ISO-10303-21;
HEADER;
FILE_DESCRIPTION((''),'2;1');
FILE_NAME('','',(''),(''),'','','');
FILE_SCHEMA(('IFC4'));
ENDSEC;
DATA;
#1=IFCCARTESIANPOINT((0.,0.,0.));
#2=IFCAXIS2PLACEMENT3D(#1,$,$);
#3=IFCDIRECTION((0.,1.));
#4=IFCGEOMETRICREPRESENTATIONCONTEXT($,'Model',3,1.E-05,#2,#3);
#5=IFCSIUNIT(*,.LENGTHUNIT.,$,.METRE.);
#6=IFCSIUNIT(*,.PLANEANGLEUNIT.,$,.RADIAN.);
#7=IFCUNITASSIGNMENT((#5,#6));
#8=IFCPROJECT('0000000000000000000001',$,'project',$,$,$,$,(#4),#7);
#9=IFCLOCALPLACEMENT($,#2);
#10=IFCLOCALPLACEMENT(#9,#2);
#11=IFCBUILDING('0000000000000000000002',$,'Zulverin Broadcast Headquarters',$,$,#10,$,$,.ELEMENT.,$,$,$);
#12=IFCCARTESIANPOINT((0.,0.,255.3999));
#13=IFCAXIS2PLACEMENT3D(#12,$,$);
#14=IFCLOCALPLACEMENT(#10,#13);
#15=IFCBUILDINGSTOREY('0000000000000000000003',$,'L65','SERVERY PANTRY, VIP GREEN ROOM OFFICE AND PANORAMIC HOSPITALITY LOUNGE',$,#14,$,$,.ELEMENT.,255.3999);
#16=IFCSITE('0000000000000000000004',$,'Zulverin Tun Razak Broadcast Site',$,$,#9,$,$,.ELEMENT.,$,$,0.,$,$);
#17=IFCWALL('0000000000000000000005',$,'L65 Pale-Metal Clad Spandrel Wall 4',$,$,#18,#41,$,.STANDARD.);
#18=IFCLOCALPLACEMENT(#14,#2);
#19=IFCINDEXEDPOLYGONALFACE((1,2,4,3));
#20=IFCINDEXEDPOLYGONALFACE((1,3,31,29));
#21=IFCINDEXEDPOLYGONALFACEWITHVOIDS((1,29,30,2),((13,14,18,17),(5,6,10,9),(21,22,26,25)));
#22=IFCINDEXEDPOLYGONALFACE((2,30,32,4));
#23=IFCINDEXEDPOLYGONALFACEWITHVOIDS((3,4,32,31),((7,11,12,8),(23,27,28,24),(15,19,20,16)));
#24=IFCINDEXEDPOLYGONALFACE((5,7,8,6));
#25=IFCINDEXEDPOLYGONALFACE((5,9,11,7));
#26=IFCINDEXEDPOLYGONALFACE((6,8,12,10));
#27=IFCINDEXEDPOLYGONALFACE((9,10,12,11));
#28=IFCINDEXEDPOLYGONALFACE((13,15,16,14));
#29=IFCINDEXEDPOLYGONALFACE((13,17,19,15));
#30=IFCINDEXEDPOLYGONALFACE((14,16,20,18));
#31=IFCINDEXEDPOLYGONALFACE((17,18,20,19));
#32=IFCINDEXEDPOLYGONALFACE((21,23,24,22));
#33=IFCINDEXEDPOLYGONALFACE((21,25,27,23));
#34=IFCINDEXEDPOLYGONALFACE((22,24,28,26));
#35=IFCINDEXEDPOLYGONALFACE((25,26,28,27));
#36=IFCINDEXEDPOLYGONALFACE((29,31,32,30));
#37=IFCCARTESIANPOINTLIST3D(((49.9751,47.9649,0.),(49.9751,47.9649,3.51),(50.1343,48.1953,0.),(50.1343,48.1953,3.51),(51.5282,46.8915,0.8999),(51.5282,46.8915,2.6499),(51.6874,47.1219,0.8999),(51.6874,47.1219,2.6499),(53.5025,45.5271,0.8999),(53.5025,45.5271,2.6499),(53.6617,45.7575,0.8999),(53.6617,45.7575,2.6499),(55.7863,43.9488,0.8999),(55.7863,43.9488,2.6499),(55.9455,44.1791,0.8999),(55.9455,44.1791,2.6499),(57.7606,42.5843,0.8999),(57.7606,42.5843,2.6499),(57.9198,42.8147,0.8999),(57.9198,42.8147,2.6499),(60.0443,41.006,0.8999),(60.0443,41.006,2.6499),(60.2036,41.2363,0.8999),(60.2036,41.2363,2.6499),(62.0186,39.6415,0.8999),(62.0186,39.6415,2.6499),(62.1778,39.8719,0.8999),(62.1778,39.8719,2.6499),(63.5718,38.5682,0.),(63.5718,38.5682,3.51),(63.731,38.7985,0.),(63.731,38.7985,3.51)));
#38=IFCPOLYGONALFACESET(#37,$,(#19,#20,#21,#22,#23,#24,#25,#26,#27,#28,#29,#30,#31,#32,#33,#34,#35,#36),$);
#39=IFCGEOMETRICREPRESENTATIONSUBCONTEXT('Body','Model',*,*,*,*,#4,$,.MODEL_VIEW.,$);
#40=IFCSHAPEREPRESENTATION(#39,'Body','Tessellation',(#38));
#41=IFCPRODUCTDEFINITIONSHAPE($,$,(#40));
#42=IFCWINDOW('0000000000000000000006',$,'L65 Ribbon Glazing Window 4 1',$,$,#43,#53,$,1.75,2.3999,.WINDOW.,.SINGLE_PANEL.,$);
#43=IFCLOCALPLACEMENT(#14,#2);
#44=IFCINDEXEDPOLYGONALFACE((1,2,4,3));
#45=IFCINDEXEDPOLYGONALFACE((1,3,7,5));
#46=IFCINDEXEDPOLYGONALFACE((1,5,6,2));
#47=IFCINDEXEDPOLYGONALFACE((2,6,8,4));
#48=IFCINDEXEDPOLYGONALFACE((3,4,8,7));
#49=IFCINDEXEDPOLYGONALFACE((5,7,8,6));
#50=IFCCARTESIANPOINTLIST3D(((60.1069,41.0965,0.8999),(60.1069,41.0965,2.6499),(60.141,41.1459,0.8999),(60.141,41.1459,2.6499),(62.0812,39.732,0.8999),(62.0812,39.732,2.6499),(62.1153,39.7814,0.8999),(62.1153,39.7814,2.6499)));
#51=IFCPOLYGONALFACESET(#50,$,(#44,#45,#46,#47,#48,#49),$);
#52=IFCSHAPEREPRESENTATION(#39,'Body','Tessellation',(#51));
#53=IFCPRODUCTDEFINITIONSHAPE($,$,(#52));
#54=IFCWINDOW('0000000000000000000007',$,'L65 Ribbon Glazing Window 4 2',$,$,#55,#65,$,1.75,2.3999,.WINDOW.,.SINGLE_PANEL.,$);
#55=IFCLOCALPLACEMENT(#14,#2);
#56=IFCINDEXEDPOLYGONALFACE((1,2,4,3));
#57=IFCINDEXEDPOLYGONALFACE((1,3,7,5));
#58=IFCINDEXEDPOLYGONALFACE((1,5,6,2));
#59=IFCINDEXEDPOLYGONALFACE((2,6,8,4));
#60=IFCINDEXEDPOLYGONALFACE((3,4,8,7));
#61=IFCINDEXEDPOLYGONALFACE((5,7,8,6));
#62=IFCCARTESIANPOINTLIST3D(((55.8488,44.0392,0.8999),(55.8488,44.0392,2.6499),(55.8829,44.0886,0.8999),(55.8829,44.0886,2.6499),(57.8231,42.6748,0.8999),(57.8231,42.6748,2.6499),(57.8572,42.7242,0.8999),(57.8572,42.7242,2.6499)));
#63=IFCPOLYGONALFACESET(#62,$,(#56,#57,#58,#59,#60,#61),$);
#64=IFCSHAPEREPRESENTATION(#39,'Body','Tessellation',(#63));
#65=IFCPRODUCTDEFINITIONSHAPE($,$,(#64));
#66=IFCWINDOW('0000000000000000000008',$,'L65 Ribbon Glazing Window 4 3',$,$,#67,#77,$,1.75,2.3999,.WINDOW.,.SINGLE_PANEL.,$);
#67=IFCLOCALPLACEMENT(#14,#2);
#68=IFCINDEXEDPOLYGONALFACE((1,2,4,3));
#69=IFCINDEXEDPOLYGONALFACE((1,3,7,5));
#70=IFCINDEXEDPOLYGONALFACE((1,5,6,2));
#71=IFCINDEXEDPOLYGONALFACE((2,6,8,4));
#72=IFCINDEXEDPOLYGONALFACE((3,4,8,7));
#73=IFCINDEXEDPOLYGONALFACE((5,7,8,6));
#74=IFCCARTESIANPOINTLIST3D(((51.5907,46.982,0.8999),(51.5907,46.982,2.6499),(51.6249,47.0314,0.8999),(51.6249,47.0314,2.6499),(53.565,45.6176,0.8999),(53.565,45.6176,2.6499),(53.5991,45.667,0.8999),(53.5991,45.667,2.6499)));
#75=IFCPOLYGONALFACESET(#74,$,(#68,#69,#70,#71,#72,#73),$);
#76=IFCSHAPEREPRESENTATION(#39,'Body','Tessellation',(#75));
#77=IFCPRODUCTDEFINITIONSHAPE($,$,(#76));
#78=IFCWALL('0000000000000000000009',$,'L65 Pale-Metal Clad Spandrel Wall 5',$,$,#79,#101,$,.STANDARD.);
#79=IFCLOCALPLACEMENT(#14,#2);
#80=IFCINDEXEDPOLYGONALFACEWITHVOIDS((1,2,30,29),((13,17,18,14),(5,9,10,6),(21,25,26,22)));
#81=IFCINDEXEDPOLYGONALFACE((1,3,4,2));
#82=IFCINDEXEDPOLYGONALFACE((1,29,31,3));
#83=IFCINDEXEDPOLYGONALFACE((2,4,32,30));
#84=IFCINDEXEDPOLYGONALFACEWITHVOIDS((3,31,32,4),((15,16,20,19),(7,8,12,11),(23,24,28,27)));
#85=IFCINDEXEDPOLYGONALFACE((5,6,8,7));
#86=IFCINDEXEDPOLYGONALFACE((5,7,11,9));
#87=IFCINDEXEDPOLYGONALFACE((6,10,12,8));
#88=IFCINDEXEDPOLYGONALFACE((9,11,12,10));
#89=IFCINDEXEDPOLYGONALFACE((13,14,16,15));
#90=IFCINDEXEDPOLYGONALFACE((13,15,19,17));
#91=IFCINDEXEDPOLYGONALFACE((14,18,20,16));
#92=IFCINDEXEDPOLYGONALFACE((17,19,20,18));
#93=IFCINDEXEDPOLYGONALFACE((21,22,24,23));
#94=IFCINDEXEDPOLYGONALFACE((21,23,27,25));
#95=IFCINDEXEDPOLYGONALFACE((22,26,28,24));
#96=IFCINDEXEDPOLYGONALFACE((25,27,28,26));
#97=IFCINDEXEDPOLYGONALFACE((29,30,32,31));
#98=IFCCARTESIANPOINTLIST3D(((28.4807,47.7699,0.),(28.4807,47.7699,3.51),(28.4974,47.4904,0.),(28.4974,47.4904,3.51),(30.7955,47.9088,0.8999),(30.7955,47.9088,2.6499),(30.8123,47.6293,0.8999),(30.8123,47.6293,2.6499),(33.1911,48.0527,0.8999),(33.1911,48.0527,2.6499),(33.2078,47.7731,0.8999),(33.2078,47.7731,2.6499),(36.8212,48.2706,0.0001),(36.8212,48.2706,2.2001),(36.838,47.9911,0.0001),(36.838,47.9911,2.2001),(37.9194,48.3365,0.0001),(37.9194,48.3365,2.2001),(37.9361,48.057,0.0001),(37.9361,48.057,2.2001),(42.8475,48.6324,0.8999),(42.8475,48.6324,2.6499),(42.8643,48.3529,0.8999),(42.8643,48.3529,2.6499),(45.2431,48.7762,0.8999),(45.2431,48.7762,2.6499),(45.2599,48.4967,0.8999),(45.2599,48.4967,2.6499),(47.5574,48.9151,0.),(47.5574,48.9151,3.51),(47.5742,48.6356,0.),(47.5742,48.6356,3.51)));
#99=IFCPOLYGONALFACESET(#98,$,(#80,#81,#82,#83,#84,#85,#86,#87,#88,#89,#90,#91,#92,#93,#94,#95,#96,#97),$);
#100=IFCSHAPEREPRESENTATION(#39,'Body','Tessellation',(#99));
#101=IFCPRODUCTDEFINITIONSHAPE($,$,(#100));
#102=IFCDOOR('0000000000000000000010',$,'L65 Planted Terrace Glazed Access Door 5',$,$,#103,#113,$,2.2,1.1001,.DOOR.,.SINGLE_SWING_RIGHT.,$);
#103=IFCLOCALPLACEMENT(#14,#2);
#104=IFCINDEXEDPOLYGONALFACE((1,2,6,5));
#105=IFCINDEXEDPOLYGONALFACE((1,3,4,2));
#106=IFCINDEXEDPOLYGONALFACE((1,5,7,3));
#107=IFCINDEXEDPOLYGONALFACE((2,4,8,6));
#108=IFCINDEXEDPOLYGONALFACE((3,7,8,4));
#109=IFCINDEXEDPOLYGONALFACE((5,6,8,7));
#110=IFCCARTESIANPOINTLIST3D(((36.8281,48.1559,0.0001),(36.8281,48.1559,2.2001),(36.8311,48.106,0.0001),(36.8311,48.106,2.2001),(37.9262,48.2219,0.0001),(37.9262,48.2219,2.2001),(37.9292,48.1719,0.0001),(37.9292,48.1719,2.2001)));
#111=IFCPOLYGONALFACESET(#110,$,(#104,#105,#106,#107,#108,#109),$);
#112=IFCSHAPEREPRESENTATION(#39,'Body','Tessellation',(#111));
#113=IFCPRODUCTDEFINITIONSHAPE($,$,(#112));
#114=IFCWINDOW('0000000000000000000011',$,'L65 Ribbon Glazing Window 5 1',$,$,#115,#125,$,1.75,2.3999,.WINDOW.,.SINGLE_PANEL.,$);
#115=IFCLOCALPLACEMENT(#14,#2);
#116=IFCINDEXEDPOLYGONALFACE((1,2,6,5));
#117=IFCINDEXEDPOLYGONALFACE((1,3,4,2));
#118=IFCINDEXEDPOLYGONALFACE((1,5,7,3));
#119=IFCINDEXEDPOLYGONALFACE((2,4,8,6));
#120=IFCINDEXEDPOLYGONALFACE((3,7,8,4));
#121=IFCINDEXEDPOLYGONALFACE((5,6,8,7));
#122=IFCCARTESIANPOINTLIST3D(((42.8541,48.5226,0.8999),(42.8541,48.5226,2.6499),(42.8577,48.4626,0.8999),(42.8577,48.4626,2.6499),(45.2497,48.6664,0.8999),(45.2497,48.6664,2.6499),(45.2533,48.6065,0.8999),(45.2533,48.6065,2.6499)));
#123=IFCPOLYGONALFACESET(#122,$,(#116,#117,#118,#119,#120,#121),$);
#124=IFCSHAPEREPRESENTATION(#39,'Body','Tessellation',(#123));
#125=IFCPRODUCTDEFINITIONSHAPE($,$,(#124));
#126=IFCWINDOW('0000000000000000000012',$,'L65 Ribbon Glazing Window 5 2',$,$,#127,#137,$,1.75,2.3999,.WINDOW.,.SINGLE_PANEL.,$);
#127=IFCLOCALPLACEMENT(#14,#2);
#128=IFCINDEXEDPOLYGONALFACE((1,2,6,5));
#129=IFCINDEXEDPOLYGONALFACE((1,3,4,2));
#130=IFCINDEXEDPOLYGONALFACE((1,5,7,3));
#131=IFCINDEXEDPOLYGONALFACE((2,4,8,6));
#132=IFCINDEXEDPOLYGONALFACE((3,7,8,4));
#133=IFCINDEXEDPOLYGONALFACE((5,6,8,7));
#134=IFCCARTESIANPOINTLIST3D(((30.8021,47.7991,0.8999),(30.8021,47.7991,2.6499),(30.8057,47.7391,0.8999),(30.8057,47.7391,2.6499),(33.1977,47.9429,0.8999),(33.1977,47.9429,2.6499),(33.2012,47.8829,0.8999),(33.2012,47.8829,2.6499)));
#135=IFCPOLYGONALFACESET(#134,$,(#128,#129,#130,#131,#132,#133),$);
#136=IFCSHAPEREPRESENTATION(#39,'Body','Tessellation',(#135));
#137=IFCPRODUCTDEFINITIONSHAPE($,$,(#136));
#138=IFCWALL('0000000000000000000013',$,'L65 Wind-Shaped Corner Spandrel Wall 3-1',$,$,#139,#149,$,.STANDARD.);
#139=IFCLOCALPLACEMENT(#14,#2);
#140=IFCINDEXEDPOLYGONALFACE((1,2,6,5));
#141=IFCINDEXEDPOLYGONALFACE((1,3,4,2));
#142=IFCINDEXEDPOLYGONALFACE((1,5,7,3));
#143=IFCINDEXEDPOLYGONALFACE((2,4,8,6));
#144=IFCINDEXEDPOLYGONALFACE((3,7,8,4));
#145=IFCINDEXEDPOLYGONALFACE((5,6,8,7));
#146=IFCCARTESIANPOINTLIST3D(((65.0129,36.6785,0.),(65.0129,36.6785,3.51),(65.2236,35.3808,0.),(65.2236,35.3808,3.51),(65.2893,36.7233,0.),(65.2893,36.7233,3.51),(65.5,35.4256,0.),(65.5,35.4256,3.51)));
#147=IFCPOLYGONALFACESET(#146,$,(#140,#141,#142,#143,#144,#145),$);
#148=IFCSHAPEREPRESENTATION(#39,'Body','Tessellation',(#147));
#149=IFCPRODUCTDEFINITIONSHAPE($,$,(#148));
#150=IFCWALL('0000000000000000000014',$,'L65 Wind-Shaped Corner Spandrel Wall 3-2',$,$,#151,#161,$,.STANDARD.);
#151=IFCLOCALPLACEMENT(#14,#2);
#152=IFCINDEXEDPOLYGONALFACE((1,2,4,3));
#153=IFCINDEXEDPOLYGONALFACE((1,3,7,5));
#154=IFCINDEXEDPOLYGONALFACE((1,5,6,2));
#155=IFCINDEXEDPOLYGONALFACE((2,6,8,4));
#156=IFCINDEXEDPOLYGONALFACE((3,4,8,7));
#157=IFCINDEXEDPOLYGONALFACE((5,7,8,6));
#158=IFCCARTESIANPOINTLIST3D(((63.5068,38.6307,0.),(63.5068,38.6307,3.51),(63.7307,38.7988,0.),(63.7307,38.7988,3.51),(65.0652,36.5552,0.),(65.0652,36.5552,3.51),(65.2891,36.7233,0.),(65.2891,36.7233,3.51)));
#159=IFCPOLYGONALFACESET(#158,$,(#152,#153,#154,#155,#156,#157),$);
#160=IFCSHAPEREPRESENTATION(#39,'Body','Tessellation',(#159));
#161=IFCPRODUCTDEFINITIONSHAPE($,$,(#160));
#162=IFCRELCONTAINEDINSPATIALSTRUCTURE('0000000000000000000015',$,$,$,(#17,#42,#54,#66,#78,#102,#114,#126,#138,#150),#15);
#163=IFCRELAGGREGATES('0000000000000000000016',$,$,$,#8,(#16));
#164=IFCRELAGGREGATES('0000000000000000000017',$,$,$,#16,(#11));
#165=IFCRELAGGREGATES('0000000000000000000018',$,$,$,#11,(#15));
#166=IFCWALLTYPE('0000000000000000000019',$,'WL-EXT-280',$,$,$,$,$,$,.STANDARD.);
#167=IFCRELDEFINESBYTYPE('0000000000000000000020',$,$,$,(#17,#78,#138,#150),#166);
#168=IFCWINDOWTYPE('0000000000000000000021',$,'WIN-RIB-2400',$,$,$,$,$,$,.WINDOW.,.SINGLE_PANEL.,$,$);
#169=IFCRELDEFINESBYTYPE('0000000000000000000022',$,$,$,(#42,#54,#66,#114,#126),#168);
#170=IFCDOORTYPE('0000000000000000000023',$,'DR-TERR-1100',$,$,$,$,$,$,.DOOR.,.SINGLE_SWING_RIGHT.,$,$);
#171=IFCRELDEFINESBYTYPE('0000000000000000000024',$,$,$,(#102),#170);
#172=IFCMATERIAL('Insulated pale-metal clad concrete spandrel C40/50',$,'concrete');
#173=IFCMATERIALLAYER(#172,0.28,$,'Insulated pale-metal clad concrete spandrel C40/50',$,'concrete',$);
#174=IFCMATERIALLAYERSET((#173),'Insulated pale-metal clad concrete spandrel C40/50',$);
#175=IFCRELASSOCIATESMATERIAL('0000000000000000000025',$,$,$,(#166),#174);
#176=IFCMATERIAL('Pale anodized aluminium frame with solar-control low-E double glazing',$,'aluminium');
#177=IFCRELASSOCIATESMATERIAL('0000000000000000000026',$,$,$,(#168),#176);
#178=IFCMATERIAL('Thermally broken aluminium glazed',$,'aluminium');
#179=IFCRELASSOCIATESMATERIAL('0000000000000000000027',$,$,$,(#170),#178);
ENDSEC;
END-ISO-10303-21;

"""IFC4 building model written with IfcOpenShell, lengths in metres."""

from ifc_helpers import new_model, si_unit, direction, frame, frame_2d, origin, place, context, subcontext, project, spatial, rectangle, extrude, material, layer, layer_set, type_object, element, fill, save


model = new_model("IFC4")

# Units and contexts
model_context = context("Model", 3, precision=1e-05, world=origin(), true_north=direction((0.0, 1.0)))
body_context = subcontext(model_context, "Body", "Model", "MODEL_VIEW")
ifc_project = project(units=[si_unit("LENGTHUNIT", "METRE"), si_unit("PLANEANGLEUNIT", "RADIAN")], contexts=[model_context])

# Site, building, storey
site_placement = place(None, origin())
site = spatial("IfcSite", under=ifc_project, at=site_placement, Name="Zulverin Tun Razak Broadcast Site", CompositionType="ELEMENT", RefElevation=0.0)
building_placement = place(site_placement, origin())
building = spatial("IfcBuilding", under=site, at=building_placement, Name="Zulverin Broadcast Headquarters", CompositionType="ELEMENT")
storey_placement = place(building_placement, frame((0.0, 0.0, 255.3999)))
storey = spatial("IfcBuildingStorey", under=building, at=storey_placement, Name="L65", Description="SERVERY PANTRY, VIP GREEN ROOM OFFICE AND PANORAMIC HOSPITALITY LOUNGE", CompositionType="ELEMENT", Elevation=255.3999)

# Wall, openings, windows
ifc_material_1 = material(Name="Insulated pale-metal clad concrete spandrel C40/50", Category="concrete")
ifc_layer_1 = layer(ifc_material_1, 0.28, Name="Insulated pale-metal clad concrete spandrel C40/50", Category="concrete")
ifc_layer_set_1 = layer_set([ifc_layer_1], Name="Insulated pale-metal clad concrete spandrel C40/50")
wall_type = type_object("IfcWallType", Name="WL-EXT-280", PredefinedType="STANDARD", material=ifc_layer_set_1)
wall_1_placement = place(storey_placement, frame((63.6514, 38.6833, 0.0), z_axis=(0.0, 0.0, 1.0), x_axis=(-0.822655, 0.568541, 0.0)))
wall_1 = element("IfcWall", 1, at=wall_1_placement, inside=storey, type_object=wall_type, Name="L65 Pale-Metal Clad Spandrel Wall 4", PredefinedType="STANDARD", context=body_context, shape_type="SweptSolid", body=[
    extrude(rectangle(XDim=16.5278, YDim=0.28, at=frame_2d((8.2639, 0.0))), origin(), (0.0, 0.0, 1.0), 3.51),
])
opening_1_placement = place(wall_1_placement, frame((1.8879, 0.0, 0.8999)))
opening_1 = element("IfcOpeningElement", 2, at=opening_1_placement, cuts=wall_1, PredefinedType="OPENING", context=body_context, shape_type="SweptSolid", body=[
    extrude(rectangle(XDim=2.3999, YDim=1.75, at=frame_2d((1.2, 0.875))), frame((0.0, 0.1499, 0.0), z_axis=(0.0, -1.0, 0.0), x_axis=(1.0, 0.0, 0.0)), (0.0, 0.0, 1.0), 0.3),
])
opening_2_placement = place(wall_1_placement, frame((7.064, 0.0, 0.8999)))
opening_2 = element("IfcOpeningElement", 3, at=opening_2_placement, cuts=wall_1, PredefinedType="OPENING", context=body_context, shape_type="SweptSolid", body=[
    extrude(rectangle(XDim=2.3999, YDim=1.75, at=frame_2d((1.2, 0.875))), frame((0.0, 0.1499, 0.0), z_axis=(0.0, -1.0, 0.0), x_axis=(1.0, 0.0, 0.0)), (0.0, 0.0, 1.0), 0.3),
])
opening_3_placement = place(wall_1_placement, frame((12.24, 0.0, 0.8999)))
opening_3 = element("IfcOpeningElement", 4, at=opening_3_placement, cuts=wall_1, PredefinedType="OPENING", context=body_context, shape_type="SweptSolid", body=[
    extrude(rectangle(XDim=2.3999, YDim=1.75, at=frame_2d((1.2, 0.875))), frame((0.0, 0.1499, 0.0), z_axis=(0.0, -1.0, 0.0), x_axis=(1.0, 0.0, 0.0)), (0.0, 0.0, 1.0), 0.3),
])
ifc_material_2 = material(Name="Pale anodized aluminium frame with solar-control low-E double glazing", Category="aluminium")
window_type = type_object("IfcWindowType", Name="WIN-RIB-2400", PartitioningType="SINGLE_PANEL", PredefinedType="WINDOW", material=ifc_material_2)
window_1_placement = place(opening_1_placement, origin())
window_1 = element("IfcWindow", 5, at=window_1_placement, inside=storey, type_object=window_type, Name="L65 Ribbon Glazing Window 4 1", OverallHeight=1.75, OverallWidth=2.3999, PartitioningType="SINGLE_PANEL", PredefinedType="WINDOW", context=body_context, shape_type="SweptSolid", body=[
    extrude(rectangle(XDim=2.3999, YDim=1.75, at=frame_2d((1.2, 0.875))), frame((0.0, 0.03, 0.0), z_axis=(0.0, -1.0, 0.0), x_axis=(1.0, 0.0, 0.0)), (0.0, 0.0, 1.0), 0.0601),
])
fill(opening_1, window_1)
window_2_placement = place(opening_2_placement, origin())
window_2 = element("IfcWindow", 6, at=window_2_placement, inside=storey, type_object=window_type, Name="L65 Ribbon Glazing Window 4 2", OverallHeight=1.75, OverallWidth=2.3999, PartitioningType="SINGLE_PANEL", PredefinedType="WINDOW", context=body_context, shape_type="SweptSolid", body=[
    extrude(rectangle(XDim=2.3999, YDim=1.75, at=frame_2d((1.2, 0.875))), frame((0.0, 0.03, 0.0), z_axis=(0.0, -1.0, 0.0), x_axis=(1.0, 0.0, 0.0)), (0.0, 0.0, 1.0), 0.0601),
])
fill(opening_2, window_2)
window_3_placement = place(opening_3_placement, origin())
window_3 = element("IfcWindow", 7, at=window_3_placement, inside=storey, type_object=window_type, Name="L65 Ribbon Glazing Window 4 3", OverallHeight=1.75, OverallWidth=2.3999, PartitioningType="SINGLE_PANEL", PredefinedType="WINDOW", context=body_context, shape_type="SweptSolid", body=[
    extrude(rectangle(XDim=2.3999, YDim=1.75, at=frame_2d((1.2, 0.875))), frame((0.0, 0.03, 0.0), z_axis=(0.0, -1.0, 0.0), x_axis=(1.0, 0.0, 0.0)), (0.0, 0.0, 1.0), 0.0601),
])
fill(opening_3, window_3)

# Wall, openings, door, windows
wall_2_placement = place(storey_placement, frame((47.5659, 48.7754, 0.0), z_axis=(0.0, 0.0, 1.0), x_axis=(-0.998203, -0.059927, 0.0)))
wall_2 = element("IfcWall", 8, at=wall_2_placement, inside=storey, type_object=wall_type, Name="L65 Pale-Metal Clad Spandrel Wall 5", PredefinedType="STANDARD", context=body_context, shape_type="SweptSolid", body=[
    extrude(rectangle(XDim=19.1111, YDim=0.28, at=frame_2d((9.5557, 0.0))), origin(), (0.0, 0.0, 1.0), 3.51),
])
opening_4_placement = place(wall_2_placement, frame((9.6555, 0.0, 0.0)))
opening_4 = element("IfcOpeningElement", 9, at=opening_4_placement, cuts=wall_2, PredefinedType="OPENING", context=body_context, shape_type="SweptSolid", body=[
    extrude(rectangle(XDim=1.1001, YDim=2.2, at=frame_2d((0.55, 1.1001))), frame((0.0, 0.1499, 0.0), z_axis=(0.0, -1.0, 0.0), x_axis=(1.0, 0.0, 0.0)), (0.0, 0.0, 1.0), 0.3),
])
opening_5_placement = place(wall_2_placement, frame((2.3186, 0.0, 0.8999)))
opening_5 = element("IfcOpeningElement", 10, at=opening_5_placement, cuts=wall_2, PredefinedType="OPENING", context=body_context, shape_type="SweptSolid", body=[
    extrude(rectangle(XDim=2.3999, YDim=1.75, at=frame_2d((1.2, 0.875))), frame((0.0, 0.1499, 0.0), z_axis=(0.0, -1.0, 0.0), x_axis=(1.0, 0.0, 0.0)), (0.0, 0.0, 1.0), 0.3),
])
opening_6_placement = place(wall_2_placement, frame((14.3923, 0.0, 0.8999)))
opening_6 = element("IfcOpeningElement", 11, at=opening_6_placement, cuts=wall_2, PredefinedType="OPENING", context=body_context, shape_type="SweptSolid", body=[
    extrude(rectangle(XDim=2.3999, YDim=1.75, at=frame_2d((1.2, 0.875))), frame((0.0, 0.1499, 0.0), z_axis=(0.0, -1.0, 0.0), x_axis=(1.0, 0.0, 0.0)), (0.0, 0.0, 1.0), 0.3),
])
ifc_material_3 = material(Name="Thermally broken aluminium glazed", Category="aluminium")
door_type = type_object("IfcDoorType", Name="DR-TERR-1100", OperationType="SINGLE_SWING_RIGHT", PredefinedType="DOOR", material=ifc_material_3)
door_placement = place(opening_4_placement, origin())
door = element("IfcDoor", 12, at=door_placement, inside=storey, type_object=door_type, Name="L65 Planted Terrace Glazed Access Door 5", OperationType="SINGLE_SWING_RIGHT", OverallHeight=2.2, OverallWidth=1.1001, PredefinedType="DOOR", context=body_context, shape_type="SweptSolid", body=[
    extrude(rectangle(XDim=1.1001, YDim=2.2, at=frame_2d((0.55, 1.1001))), frame((0.0, 0.0249, 0.0), z_axis=(0.0, -1.0, 0.0), x_axis=(1.0, 0.0, 0.0)), (0.0, 0.0, 1.0), 0.05),
])
fill(opening_4, door)
window_4_placement = place(opening_5_placement, origin())
window_4 = element("IfcWindow", 13, at=window_4_placement, inside=storey, type_object=window_type, Name="L65 Ribbon Glazing Window 5 1", OverallHeight=1.75, OverallWidth=2.3999, PartitioningType="SINGLE_PANEL", PredefinedType="WINDOW", context=body_context, shape_type="SweptSolid", body=[
    extrude(rectangle(XDim=2.3999, YDim=1.75, at=frame_2d((1.2, 0.875))), frame((0.0, 0.03, 0.0), z_axis=(0.0, -1.0, 0.0), x_axis=(1.0, 0.0, 0.0)), (0.0, 0.0, 1.0), 0.0601),
])
fill(opening_5, window_4)
window_5_placement = place(opening_6_placement, origin())
window_5 = element("IfcWindow", 14, at=window_5_placement, inside=storey, type_object=window_type, Name="L65 Ribbon Glazing Window 5 2", OverallHeight=1.75, OverallWidth=2.3999, PartitioningType="SINGLE_PANEL", PredefinedType="WINDOW", context=body_context, shape_type="SweptSolid", body=[
    extrude(rectangle(XDim=2.3999, YDim=1.75, at=frame_2d((1.2, 0.875))), frame((0.0, 0.03, 0.0), z_axis=(0.0, -1.0, 0.0), x_axis=(1.0, 0.0, 0.0)), (0.0, 0.0, 1.0), 0.0601),
])
fill(opening_6, window_5)

# Walls
wall_3_placement = place(storey_placement, frame((65.3618, 35.4033, 0.0), z_axis=(0.0, 0.0, 1.0), x_axis=(-0.160272, 0.987073, 0.0)))
element("IfcWall", 15, at=wall_3_placement, inside=storey, type_object=wall_type, Name="L65 Wind-Shaped Corner Spandrel Wall 3-1", PredefinedType="STANDARD", context=body_context, shape_type="SweptSolid", body=[
    extrude(rectangle(XDim=1.3147, YDim=0.28, at=frame_2d((0.6572, 0.0))), origin(), (0.0, 0.0, 1.0), 3.51),
])
wall_4_placement = place(storey_placement, frame((65.1772, 36.6392, 0.0), z_axis=(0.0, 0.0, 1.0), x_axis=(-0.600436, 0.799673, 0.0)))
element("IfcWall", 16, at=wall_4_placement, inside=storey, type_object=wall_type, Name="L65 Wind-Shaped Corner Spandrel Wall 3-2", PredefinedType="STANDARD", context=body_context, shape_type="SweptSolid", body=[
    extrude(rectangle(XDim=2.5955, YDim=0.28, at=frame_2d((1.2979, 0.0))), origin(), (0.0, 0.0, 1.0), 3.51),
])

save(model, "model.ifc")
